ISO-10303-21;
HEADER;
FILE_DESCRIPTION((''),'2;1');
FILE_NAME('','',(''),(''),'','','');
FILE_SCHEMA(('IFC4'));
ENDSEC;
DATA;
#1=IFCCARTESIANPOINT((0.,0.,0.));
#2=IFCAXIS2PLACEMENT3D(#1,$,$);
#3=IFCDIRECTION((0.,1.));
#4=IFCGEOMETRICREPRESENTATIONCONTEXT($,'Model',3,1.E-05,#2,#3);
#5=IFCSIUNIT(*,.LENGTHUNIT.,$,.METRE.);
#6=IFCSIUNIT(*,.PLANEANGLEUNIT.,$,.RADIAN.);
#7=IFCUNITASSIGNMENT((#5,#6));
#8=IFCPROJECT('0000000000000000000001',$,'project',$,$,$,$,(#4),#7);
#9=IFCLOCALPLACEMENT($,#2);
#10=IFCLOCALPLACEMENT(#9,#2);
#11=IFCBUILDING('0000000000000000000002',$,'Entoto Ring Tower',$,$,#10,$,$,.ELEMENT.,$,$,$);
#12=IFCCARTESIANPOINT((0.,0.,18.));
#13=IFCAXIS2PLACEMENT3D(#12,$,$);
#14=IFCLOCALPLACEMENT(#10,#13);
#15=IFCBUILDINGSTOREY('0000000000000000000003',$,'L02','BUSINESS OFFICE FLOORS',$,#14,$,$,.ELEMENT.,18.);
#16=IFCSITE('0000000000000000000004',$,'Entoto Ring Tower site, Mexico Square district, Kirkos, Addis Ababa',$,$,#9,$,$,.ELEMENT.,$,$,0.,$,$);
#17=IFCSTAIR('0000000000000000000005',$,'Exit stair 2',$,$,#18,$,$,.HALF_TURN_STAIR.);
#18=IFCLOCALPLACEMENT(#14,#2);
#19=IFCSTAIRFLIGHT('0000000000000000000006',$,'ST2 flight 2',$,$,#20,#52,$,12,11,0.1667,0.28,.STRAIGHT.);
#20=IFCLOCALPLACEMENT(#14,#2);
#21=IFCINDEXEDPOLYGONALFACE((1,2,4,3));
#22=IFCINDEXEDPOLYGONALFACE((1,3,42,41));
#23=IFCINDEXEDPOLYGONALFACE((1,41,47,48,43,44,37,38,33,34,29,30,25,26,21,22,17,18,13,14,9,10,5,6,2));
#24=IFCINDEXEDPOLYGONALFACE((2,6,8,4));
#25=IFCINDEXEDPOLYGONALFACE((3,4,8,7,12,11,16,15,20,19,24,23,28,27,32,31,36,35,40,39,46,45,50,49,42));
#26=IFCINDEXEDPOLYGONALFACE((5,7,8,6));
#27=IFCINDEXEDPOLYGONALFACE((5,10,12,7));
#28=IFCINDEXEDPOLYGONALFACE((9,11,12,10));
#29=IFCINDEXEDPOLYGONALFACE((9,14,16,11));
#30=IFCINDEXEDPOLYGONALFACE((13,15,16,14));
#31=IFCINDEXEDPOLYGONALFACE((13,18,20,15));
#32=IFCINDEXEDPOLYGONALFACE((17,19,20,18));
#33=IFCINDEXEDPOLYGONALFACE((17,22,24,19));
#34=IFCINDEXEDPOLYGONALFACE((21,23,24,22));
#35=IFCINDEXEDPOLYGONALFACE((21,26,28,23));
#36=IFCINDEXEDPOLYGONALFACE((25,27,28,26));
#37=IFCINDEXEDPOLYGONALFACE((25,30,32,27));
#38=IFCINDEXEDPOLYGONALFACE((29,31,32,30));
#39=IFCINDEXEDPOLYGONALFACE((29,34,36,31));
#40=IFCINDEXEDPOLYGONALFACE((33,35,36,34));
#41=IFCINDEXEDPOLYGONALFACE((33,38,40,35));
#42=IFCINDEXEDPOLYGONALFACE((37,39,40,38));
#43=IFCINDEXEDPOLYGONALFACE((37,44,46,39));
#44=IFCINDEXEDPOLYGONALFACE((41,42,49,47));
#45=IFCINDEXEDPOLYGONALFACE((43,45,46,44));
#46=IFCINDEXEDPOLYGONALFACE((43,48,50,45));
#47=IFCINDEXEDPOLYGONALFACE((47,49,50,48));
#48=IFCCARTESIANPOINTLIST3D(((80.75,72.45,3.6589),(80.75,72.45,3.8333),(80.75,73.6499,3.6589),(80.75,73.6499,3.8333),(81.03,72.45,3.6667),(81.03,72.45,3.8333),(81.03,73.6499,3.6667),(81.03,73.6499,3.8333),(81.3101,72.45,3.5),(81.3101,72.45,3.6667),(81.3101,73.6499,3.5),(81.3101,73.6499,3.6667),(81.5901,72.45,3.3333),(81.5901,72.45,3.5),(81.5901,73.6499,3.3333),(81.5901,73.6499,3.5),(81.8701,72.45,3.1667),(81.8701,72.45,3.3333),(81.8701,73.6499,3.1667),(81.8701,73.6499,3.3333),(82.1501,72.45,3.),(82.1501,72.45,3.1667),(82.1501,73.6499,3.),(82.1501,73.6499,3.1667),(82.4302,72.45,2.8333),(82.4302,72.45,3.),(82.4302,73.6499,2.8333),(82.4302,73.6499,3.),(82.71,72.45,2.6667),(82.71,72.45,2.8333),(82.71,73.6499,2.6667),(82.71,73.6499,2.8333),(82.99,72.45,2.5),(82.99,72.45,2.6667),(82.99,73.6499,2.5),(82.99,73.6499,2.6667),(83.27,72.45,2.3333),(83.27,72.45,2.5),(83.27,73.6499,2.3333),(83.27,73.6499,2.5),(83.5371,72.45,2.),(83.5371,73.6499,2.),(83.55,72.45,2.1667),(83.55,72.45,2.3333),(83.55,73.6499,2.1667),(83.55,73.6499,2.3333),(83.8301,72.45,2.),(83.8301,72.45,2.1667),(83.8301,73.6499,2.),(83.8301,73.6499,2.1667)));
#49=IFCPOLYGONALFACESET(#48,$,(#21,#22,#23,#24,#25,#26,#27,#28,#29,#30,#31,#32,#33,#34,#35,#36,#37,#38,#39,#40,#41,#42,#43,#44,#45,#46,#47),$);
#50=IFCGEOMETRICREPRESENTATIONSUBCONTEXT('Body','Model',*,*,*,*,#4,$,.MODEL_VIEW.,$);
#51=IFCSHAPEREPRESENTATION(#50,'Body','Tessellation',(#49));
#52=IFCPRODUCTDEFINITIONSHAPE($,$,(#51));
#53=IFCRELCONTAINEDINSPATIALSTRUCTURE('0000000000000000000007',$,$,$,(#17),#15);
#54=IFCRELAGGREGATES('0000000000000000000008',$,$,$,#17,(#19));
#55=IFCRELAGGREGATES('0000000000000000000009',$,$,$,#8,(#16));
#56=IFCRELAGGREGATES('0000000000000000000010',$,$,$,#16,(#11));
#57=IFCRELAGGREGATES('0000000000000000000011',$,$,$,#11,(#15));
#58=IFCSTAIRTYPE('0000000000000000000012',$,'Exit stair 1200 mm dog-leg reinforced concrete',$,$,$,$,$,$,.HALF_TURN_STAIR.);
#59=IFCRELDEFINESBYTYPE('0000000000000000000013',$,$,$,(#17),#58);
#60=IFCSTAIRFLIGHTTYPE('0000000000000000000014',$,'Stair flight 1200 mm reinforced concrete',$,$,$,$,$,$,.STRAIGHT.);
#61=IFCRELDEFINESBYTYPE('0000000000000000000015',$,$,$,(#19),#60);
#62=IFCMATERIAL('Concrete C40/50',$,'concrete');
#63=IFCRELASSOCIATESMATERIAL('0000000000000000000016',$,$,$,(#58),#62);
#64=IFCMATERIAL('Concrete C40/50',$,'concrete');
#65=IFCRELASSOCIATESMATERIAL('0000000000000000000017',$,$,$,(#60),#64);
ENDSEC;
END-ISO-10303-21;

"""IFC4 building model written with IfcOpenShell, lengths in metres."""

from ifc_helpers import new_model, si_unit, direction, frame, origin, place, context, subcontext, project, spatial, polyline, outline, extrude, material, type_object, element, aggregate, save


model = new_model("IFC4")

# Units and contexts
model_context = context("Model", 3, precision=1e-05, world=origin(), true_north=direction((0.0, 1.0)))
body_context = subcontext(model_context, "Body", "Model", "MODEL_VIEW")
ifc_project = project(units=[si_unit("LENGTHUNIT", "METRE"), si_unit("PLANEANGLEUNIT", "RADIAN")], contexts=[model_context])

# Site, building, storey
site_placement = place(None, origin())
site = spatial("IfcSite", under=ifc_project, at=site_placement, Name="Entoto Ring Tower site, Mexico Square district, Kirkos, Addis Ababa", CompositionType="ELEMENT", RefElevation=0.0)
building_placement = place(site_placement, origin())
building = spatial("IfcBuilding", under=site, at=building_placement, Name="Entoto Ring Tower", CompositionType="ELEMENT")
storey_placement = place(building_placement, frame((0.0, 0.0, 18.0)))
storey = spatial("IfcBuildingStorey", under=building, at=storey_placement, Name="L02", Description="BUSINESS OFFICE FLOORS", CompositionType="ELEMENT", Elevation=18.0)

# Stair, stair flight
ifc_material_1 = material(Name="Concrete C40/50", Category="concrete")
stair_type = type_object("IfcStairType", Name="Exit stair 1200 mm dog-leg reinforced concrete", PredefinedType="HALF_TURN_STAIR", material=ifc_material_1)
stair_placement = place(storey_placement, origin())
stair = element("IfcStair", 1, at=stair_placement, inside=storey, type_object=stair_type, Name="Exit stair 2", PredefinedType="HALF_TURN_STAIR")
ifc_material_2 = material(Name="Concrete C40/50", Category="concrete")
stair_flight_type = type_object("IfcStairFlightType", Name="Stair flight 1200 mm reinforced concrete", PredefinedType="STRAIGHT", material=ifc_material_2)
stair_flight_1_placement = place(storey_placement, frame((83.8301, 73.05, 2.0), z_axis=(0.0, 0.0, 1.0), x_axis=(-1.0, 0.0, 0.0)))
stair_flight_1 = element("IfcStairFlight", 2, at=stair_flight_1_placement, type_object=stair_flight_type, Name="ST2 flight 2", NumberOfRisers=12, NumberOfTreads=11, PredefinedType="STRAIGHT", RiserHeight=0.1667, TreadLength=0.28, context=body_context, shape_type="SweptSolid", body=[
    extrude(outline(polyline([(0.0, 0.0), (0.0, 0.1667), (0.28, 0.1667), (0.28, 0.3333), (0.5601, 0.3333), (0.5601, 0.5), (0.8401, 0.5), (0.8401, 0.6667), (1.1201, 0.6667), (1.1201, 0.8333), (1.3999, 0.8333), (1.3999, 1.0), (1.6799, 1.0), (1.6799, 1.1667), (1.96, 1.1667), (1.96, 1.3333), (2.24, 1.3333), (2.24, 1.5), (2.52, 1.5), (2.52, 1.6667), (2.8, 1.6667), (2.8, 1.8333), (3.0801, 1.8333), (3.0801, 2.0), (3.0801, 1.6589), (0.293, 0.0), (0.0, 0.0)])), frame((0.0, 0.6001, 0.0), z_axis=(0.0, -1.0, 0.0), x_axis=(1.0, 0.0, 0.0)), (0.0, 0.0, 1.0), 1.2),
])
aggregate(stair, [stair_flight_1])

save(model, "model.ifc")
